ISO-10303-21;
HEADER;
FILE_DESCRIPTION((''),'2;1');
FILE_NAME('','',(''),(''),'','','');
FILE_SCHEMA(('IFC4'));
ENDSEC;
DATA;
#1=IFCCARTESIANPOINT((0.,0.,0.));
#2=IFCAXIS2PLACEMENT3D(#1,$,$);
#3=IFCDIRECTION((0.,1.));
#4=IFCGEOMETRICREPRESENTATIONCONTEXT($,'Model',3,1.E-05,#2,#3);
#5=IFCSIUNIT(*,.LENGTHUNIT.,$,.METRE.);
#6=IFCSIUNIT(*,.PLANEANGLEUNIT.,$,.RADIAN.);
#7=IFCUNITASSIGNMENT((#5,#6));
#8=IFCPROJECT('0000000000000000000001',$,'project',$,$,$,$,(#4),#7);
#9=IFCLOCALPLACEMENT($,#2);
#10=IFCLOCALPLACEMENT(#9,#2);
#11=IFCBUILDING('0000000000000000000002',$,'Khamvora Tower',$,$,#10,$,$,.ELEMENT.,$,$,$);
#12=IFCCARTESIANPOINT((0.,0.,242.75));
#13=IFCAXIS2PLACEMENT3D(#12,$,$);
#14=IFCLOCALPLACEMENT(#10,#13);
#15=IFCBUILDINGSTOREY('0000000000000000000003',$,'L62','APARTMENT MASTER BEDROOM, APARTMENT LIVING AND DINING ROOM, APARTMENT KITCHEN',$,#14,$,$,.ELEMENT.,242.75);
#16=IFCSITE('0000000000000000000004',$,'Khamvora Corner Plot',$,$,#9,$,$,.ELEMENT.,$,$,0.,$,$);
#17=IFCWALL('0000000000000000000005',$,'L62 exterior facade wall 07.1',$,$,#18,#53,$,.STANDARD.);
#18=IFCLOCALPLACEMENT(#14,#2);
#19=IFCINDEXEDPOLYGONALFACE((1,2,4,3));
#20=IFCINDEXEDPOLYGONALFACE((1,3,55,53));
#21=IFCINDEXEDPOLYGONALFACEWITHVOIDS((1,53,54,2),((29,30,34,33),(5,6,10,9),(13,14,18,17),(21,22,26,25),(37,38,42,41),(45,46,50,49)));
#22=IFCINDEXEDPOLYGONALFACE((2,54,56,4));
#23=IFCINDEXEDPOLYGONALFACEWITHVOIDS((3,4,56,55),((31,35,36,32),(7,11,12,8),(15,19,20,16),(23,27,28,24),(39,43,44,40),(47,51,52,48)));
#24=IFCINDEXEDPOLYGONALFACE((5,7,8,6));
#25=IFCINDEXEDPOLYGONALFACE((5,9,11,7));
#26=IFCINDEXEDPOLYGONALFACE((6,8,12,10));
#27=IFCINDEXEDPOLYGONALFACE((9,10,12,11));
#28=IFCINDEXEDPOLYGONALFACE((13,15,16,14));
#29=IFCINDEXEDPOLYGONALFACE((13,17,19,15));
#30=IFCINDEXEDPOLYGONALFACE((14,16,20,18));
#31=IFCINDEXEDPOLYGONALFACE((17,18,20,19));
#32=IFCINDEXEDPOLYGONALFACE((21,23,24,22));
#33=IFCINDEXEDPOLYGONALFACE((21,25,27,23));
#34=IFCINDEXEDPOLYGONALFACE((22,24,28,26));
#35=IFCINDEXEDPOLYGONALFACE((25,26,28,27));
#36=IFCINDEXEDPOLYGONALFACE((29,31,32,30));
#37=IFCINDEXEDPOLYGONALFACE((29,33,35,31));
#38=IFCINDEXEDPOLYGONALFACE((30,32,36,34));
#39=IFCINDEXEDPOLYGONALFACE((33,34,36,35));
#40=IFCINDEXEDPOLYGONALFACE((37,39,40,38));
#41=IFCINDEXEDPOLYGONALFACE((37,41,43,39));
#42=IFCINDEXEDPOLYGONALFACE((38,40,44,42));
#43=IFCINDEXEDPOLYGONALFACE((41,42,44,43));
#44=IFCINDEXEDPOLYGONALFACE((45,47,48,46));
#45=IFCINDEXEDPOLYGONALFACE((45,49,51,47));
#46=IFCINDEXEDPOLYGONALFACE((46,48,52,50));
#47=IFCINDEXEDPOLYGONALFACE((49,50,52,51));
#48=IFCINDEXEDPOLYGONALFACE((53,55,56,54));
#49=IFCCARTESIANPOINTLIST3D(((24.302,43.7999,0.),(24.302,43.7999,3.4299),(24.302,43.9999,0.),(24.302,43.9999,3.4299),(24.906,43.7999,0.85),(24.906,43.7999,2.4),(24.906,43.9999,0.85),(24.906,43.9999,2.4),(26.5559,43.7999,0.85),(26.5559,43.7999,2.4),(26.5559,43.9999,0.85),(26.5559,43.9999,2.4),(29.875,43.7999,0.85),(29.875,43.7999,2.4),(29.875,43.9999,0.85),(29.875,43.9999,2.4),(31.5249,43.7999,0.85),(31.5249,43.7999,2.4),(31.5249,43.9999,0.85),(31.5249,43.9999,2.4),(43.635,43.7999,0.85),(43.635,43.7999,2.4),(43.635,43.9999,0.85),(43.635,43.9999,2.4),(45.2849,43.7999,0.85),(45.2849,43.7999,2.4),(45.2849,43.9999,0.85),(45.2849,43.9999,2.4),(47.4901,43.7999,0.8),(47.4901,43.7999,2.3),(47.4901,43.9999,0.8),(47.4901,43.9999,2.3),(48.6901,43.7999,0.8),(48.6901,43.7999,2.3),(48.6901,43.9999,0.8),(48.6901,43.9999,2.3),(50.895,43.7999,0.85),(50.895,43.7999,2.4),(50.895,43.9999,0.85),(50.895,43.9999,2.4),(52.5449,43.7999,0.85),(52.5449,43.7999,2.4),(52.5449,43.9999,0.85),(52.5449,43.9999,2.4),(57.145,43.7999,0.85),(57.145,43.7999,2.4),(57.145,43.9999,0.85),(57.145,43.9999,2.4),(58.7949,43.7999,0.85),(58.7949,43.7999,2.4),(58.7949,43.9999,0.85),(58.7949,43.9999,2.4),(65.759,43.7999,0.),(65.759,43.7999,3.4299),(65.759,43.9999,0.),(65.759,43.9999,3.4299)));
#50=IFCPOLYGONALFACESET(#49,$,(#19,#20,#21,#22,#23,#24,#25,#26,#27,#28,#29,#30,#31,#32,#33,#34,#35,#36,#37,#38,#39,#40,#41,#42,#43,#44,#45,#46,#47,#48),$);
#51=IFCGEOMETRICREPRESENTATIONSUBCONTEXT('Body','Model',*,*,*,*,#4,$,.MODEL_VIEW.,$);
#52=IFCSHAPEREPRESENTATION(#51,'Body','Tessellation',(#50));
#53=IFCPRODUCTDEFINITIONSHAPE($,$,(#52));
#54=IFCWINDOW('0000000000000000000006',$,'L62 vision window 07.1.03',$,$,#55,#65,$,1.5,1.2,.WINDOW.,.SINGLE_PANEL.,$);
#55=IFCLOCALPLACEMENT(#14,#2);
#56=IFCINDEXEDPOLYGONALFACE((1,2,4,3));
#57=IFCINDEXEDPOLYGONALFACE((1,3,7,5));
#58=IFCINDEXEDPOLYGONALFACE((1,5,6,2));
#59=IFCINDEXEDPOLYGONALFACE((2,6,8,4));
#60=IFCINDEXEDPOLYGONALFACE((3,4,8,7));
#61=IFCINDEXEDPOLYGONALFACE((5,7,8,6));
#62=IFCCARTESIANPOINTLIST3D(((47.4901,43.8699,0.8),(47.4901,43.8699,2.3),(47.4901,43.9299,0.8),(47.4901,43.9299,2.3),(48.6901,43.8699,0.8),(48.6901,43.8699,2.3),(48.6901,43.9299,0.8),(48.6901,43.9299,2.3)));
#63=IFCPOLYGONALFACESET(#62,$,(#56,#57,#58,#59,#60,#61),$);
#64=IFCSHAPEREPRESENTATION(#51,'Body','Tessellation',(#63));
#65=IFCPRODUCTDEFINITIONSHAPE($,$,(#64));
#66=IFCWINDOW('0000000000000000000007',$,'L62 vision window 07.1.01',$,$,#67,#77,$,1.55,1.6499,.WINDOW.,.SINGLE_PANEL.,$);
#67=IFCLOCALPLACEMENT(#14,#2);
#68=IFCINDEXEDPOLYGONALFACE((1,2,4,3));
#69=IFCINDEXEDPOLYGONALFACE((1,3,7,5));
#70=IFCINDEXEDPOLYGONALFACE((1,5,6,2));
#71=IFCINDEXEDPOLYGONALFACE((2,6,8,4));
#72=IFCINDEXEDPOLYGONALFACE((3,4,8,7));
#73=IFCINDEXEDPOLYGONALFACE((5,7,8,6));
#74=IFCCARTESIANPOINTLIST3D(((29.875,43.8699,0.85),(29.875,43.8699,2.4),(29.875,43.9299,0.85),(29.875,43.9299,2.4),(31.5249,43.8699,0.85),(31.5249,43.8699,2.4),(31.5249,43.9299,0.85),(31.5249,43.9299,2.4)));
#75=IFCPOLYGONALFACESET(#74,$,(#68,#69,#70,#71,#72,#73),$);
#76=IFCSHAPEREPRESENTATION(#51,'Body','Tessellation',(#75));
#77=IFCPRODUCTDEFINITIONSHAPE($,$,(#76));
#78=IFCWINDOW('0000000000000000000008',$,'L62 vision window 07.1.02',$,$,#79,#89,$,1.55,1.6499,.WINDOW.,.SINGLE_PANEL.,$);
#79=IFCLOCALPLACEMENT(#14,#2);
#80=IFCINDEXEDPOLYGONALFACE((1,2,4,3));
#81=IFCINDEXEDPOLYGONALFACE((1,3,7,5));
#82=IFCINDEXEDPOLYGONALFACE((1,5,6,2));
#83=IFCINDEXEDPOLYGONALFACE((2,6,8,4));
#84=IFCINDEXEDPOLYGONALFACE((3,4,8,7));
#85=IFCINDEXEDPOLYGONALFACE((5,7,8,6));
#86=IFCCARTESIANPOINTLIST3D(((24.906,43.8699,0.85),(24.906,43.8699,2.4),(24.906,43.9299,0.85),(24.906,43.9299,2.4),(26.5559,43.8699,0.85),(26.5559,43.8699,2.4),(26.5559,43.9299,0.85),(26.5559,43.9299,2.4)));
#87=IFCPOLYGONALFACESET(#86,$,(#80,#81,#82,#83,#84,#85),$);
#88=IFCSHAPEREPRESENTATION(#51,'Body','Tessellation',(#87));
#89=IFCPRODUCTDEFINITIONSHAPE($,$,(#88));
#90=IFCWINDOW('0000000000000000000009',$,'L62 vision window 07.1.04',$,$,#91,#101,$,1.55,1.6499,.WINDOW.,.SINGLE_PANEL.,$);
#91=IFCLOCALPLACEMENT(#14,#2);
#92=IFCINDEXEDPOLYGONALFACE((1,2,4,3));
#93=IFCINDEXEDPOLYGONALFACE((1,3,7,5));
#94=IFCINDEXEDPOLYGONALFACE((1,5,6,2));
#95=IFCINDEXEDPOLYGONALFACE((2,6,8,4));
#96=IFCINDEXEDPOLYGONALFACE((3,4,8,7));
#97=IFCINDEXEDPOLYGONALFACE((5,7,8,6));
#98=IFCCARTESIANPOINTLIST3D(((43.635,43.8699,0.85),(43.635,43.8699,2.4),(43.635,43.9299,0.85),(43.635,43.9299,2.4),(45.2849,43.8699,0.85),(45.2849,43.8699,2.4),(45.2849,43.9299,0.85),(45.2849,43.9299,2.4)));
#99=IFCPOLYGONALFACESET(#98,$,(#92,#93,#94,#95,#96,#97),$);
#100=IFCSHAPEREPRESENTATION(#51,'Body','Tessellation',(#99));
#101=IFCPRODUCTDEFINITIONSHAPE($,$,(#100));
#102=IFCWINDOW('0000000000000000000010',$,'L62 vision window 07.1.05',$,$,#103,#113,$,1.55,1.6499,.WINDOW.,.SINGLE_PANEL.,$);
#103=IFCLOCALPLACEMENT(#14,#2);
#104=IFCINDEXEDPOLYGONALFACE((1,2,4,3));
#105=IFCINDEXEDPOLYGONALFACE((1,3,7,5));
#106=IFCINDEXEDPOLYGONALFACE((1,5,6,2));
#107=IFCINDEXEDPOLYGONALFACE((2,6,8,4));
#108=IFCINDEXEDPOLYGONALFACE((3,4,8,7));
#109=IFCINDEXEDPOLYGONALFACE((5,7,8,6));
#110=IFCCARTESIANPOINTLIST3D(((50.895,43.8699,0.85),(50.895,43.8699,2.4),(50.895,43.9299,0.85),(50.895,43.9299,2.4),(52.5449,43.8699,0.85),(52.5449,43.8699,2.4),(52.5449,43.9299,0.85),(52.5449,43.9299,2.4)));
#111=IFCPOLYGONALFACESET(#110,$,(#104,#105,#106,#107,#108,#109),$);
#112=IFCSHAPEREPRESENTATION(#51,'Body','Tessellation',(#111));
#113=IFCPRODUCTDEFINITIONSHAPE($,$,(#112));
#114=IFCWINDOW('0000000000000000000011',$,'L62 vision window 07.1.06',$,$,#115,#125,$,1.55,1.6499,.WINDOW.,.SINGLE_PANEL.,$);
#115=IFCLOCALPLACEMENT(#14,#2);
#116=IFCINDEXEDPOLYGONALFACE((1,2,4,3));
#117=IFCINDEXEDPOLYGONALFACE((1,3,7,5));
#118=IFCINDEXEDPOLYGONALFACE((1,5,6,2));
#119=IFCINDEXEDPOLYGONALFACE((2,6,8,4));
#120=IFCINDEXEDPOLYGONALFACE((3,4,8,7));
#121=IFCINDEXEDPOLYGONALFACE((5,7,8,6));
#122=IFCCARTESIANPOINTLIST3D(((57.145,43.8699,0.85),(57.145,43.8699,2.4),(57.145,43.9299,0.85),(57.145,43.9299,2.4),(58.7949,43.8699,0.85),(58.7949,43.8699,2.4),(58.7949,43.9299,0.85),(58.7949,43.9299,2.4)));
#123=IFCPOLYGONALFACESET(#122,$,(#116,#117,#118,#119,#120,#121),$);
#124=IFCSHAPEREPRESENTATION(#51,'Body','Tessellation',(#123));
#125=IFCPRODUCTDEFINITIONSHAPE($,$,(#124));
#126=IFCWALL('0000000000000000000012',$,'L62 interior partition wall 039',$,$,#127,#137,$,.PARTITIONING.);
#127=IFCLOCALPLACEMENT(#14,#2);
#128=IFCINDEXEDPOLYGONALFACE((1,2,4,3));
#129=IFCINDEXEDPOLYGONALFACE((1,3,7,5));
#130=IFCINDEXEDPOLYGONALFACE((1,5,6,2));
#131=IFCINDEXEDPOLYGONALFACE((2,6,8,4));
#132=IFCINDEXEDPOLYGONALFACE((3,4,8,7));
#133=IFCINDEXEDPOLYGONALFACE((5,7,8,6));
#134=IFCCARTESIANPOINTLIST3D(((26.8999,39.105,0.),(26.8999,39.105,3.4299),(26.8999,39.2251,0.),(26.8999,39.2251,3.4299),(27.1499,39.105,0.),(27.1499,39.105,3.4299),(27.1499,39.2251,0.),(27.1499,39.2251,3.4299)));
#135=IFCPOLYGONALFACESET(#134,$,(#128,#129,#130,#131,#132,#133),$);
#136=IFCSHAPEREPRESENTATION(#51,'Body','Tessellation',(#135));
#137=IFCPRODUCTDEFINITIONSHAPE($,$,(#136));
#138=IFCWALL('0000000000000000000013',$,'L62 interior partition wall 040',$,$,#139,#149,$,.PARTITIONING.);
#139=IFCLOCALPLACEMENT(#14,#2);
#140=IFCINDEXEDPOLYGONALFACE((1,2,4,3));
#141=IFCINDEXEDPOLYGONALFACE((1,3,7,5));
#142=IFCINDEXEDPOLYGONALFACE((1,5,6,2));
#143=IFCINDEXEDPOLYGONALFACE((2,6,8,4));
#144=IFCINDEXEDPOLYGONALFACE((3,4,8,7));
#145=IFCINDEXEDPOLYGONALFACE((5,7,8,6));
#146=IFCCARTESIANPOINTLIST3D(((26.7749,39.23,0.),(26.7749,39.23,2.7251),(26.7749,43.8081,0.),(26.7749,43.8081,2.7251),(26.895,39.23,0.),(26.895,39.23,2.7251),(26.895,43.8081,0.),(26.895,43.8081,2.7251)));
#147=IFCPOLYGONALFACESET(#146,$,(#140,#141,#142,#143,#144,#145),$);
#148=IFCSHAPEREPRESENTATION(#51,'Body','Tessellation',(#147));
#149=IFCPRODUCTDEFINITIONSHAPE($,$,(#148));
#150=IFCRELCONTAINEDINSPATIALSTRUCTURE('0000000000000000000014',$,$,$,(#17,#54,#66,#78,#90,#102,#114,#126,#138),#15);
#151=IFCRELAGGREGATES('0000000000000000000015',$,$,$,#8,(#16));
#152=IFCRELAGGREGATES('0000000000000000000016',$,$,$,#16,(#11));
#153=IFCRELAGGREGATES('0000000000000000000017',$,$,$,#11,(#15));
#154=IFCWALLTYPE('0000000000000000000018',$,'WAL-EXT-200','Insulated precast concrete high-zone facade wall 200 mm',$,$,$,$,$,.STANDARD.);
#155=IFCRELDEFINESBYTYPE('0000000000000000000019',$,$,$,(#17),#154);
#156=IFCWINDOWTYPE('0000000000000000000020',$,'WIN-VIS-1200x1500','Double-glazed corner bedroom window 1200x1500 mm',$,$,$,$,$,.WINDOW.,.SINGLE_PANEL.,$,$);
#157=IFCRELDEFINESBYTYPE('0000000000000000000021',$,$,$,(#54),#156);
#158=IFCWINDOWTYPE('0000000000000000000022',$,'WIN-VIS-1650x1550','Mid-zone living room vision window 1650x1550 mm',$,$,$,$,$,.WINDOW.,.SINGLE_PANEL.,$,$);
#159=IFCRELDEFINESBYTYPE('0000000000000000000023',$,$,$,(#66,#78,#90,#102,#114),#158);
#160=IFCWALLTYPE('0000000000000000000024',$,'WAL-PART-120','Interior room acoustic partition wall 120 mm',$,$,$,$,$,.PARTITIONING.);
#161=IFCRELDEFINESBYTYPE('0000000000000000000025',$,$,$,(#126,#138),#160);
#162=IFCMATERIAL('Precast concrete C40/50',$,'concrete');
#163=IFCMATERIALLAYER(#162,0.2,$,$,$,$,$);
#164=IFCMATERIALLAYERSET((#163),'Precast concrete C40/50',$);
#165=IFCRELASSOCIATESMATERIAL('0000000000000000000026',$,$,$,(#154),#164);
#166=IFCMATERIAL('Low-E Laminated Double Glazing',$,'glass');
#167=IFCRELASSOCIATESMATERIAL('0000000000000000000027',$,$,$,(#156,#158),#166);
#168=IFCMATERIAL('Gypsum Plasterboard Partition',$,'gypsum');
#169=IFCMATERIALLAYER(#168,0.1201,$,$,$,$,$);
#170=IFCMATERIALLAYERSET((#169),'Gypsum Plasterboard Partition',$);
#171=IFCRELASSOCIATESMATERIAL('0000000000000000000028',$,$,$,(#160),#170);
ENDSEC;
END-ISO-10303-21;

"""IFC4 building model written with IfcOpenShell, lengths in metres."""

from ifc_helpers import new_model, si_unit, direction, frame, frame_2d, origin, place, context, subcontext, project, spatial, rectangle, extrude, material, layer, layer_set, type_object, element, fill, save


model = new_model("IFC4")

# Units and contexts
model_context = context("Model", 3, precision=1e-05, world=origin(), true_north=direction((0.0, 1.0)))
body_context = subcontext(model_context, "Body", "Model", "MODEL_VIEW")
ifc_project = project(units=[si_unit("LENGTHUNIT", "METRE"), si_unit("PLANEANGLEUNIT", "RADIAN")], contexts=[model_context])

# Site, building, storey
site_placement = place(None, origin())
site = spatial("IfcSite", under=ifc_project, at=site_placement, Name="Khamvora Corner Plot", CompositionType="ELEMENT", RefElevation=0.0)
building_placement = place(site_placement, origin())
building = spatial("IfcBuilding", under=site, at=building_placement, Name="Khamvora Tower", CompositionType="ELEMENT")
storey_placement = place(building_placement, frame((0.0, 0.0, 242.75)))
storey = spatial("IfcBuildingStorey", under=building, at=storey_placement, Name="L62", Description="APARTMENT MASTER BEDROOM, APARTMENT LIVING AND DINING ROOM, APARTMENT KITCHEN", CompositionType="ELEMENT", Elevation=242.75)

# Shared definitions
ifc_material_1 = material(Name="Precast concrete C40/50", Category="concrete")
ifc_layer_1 = layer(ifc_material_1, 0.2)
ifc_layer_set_1 = layer_set([ifc_layer_1], Name="Precast concrete C40/50")
wall_type_1 = type_object("IfcWallType", Name="WAL-EXT-200", Description="Insulated precast concrete high-zone facade wall 200 mm", PredefinedType="STANDARD", material=ifc_layer_set_1)

# Wall, openings, windows
wall_1_placement = place(storey_placement, frame((24.302, 43.8999, 0.0), z_axis=(0.0, 0.0, 1.0), x_axis=(1.0, 0.0, 0.0)))
wall_1 = element("IfcWall", 1, at=wall_1_placement, inside=storey, type_object=wall_type_1, Name="L62 exterior facade wall 07.1", PredefinedType="STANDARD", context=body_context, shape_type="SweptSolid", body=[
    extrude(rectangle(XDim=41.457, YDim=0.2, at=frame_2d((20.7285, 0.0))), origin(), (0.0, 0.0, 1.0), 3.4299),
])
opening_1_placement = place(wall_1_placement, frame((5.573, 0.0, 0.8501)))
opening_1 = element("IfcOpeningElement", 2, at=opening_1_placement, cuts=wall_1, PredefinedType="OPENING", context=body_context, shape_type="SweptSolid", body=[
    extrude(rectangle(XDim=1.6499, YDim=1.55, at=frame_2d((0.825, 0.7749))), frame((0.0, 0.1099, 0.0), z_axis=(0.0, -1.0, 0.0), x_axis=(1.0, 0.0, 0.0)), (0.0, 0.0, 1.0), 0.22),
])
opening_2_placement = place(wall_1_placement, frame((0.604, 0.0, 0.8501)))
opening_2 = element("IfcOpeningElement", 3, at=opening_2_placement, cuts=wall_1, PredefinedType="OPENING", context=body_context, shape_type="SweptSolid", body=[
    extrude(rectangle(XDim=1.6499, YDim=1.55, at=frame_2d((0.825, 0.7749))), frame((0.0, 0.1099, 0.0), z_axis=(0.0, -1.0, 0.0), x_axis=(1.0, 0.0, 0.0)), (0.0, 0.0, 1.0), 0.22),
])
opening_3_placement = place(wall_1_placement, frame((23.188, 0.0, 0.8)))
opening_3 = element("IfcOpeningElement", 4, at=opening_3_placement, cuts=wall_1, PredefinedType="OPENING", context=body_context, shape_type="SweptSolid", body=[
    extrude(rectangle(XDim=1.2, YDim=1.5, at=frame_2d((0.6001, 0.75))), frame((0.0, 0.1099, 0.0), z_axis=(0.0, -1.0, 0.0), x_axis=(1.0, 0.0, 0.0)), (0.0, 0.0, 1.0), 0.22),
])
opening_4_placement = place(wall_1_placement, frame((19.333, 0.0, 0.8501)))
opening_4 = element("IfcOpeningElement", 5, at=opening_4_placement, cuts=wall_1, PredefinedType="OPENING", context=body_context, shape_type="SweptSolid", body=[
    extrude(rectangle(XDim=1.6499, YDim=1.55, at=frame_2d((0.825, 0.7749))), frame((0.0, 0.1099, 0.0), z_axis=(0.0, -1.0, 0.0), x_axis=(1.0, 0.0, 0.0)), (0.0, 0.0, 1.0), 0.22),
])
opening_5_placement = place(wall_1_placement, frame((26.593, 0.0, 0.8501)))
opening_5 = element("IfcOpeningElement", 6, at=opening_5_placement, cuts=wall_1, PredefinedType="OPENING", context=body_context, shape_type="SweptSolid", body=[
    extrude(rectangle(XDim=1.6499, YDim=1.55, at=frame_2d((0.825, 0.7749))), frame((0.0, 0.1099, 0.0), z_axis=(0.0, -1.0, 0.0), x_axis=(1.0, 0.0, 0.0)), (0.0, 0.0, 1.0), 0.22),
])
opening_6_placement = place(wall_1_placement, frame((32.843, 0.0, 0.8501)))
opening_6 = element("IfcOpeningElement", 7, at=opening_6_placement, cuts=wall_1, PredefinedType="OPENING", context=body_context, shape_type="SweptSolid", body=[
    extrude(rectangle(XDim=1.6499, YDim=1.55, at=frame_2d((0.825, 0.7749))), frame((0.0, 0.1099, 0.0), z_axis=(0.0, -1.0, 0.0), x_axis=(1.0, 0.0, 0.0)), (0.0, 0.0, 1.0), 0.22),
])
ifc_material_2 = material(Name="Low-E Laminated Double Glazing", Category="glass")
window_type_1 = type_object("IfcWindowType", Name="WIN-VIS-1200x1500", Description="Double-glazed corner bedroom window 1200x1500 mm", PartitioningType="SINGLE_PANEL", PredefinedType="WINDOW", material=ifc_material_2)
window_1_placement = place(opening_3_placement, origin())
window_1 = element("IfcWindow", 8, at=window_1_placement, inside=storey, type_object=window_type_1, Name="L62 vision window 07.1.03", OverallHeight=1.5, OverallWidth=1.2, PartitioningType="SINGLE_PANEL", PredefinedType="WINDOW", context=body_context, shape_type="SweptSolid", body=[
    extrude(rectangle(XDim=1.2, YDim=1.5, at=frame_2d((0.6001, 0.75))), frame((0.0, 0.03, 0.0), z_axis=(0.0, -1.0, 0.0), x_axis=(1.0, 0.0, 0.0)), (0.0, 0.0, 1.0), 0.0601),
])
fill(opening_3, window_1)
window_type_2 = type_object("IfcWindowType", Name="WIN-VIS-1650x1550", Description="Mid-zone living room vision window 1650x1550 mm", PartitioningType="SINGLE_PANEL", PredefinedType="WINDOW", material=ifc_material_2)
window_2_placement = place(opening_1_placement, origin())
window_2 = element("IfcWindow", 9, at=window_2_placement, inside=storey, type_object=window_type_2, Name="L62 vision window 07.1.01", OverallHeight=1.55, OverallWidth=1.6499, PartitioningType="SINGLE_PANEL", PredefinedType="WINDOW", context=body_context, shape_type="SweptSolid", body=[
    extrude(rectangle(XDim=1.6499, YDim=1.55, at=frame_2d((0.825, 0.7749))), frame((0.0, 0.03, 0.0), z_axis=(0.0, -1.0, 0.0), x_axis=(1.0, 0.0, 0.0)), (0.0, 0.0, 1.0), 0.0601),
])
fill(opening_1, window_2)
window_3_placement = place(opening_2_placement, origin())
window_3 = element("IfcWindow", 10, at=window_3_placement, inside=storey, type_object=window_type_2, Name="L62 vision window 07.1.02", OverallHeight=1.55, OverallWidth=1.6499, PartitioningType="SINGLE_PANEL", PredefinedType="WINDOW", context=body_context, shape_type="SweptSolid", body=[
    extrude(rectangle(XDim=1.6499, YDim=1.55, at=frame_2d((0.825, 0.7749))), frame((0.0, 0.03, 0.0), z_axis=(0.0, -1.0, 0.0), x_axis=(1.0, 0.0, 0.0)), (0.0, 0.0, 1.0), 0.0601),
])
fill(opening_2, window_3)
window_4_placement = place(opening_4_placement, origin())
window_4 = element("IfcWindow", 11, at=window_4_placement, inside=storey, type_object=window_type_2, Name="L62 vision window 07.1.04", OverallHeight=1.55, OverallWidth=1.6499, PartitioningType="SINGLE_PANEL", PredefinedType="WINDOW", context=body_context, shape_type="SweptSolid", body=[
    extrude(rectangle(XDim=1.6499, YDim=1.55, at=frame_2d((0.825, 0.7749))), frame((0.0, 0.03, 0.0), z_axis=(0.0, -1.0, 0.0), x_axis=(1.0, 0.0, 0.0)), (0.0, 0.0, 1.0), 0.0601),
])
fill(opening_4, window_4)
window_5_placement = place(opening_5_placement, origin())
window_5 = element("IfcWindow", 12, at=window_5_placement, inside=storey, type_object=window_type_2, Name="L62 vision window 07.1.05", OverallHeight=1.55, OverallWidth=1.6499, PartitioningType="SINGLE_PANEL", PredefinedType="WINDOW", context=body_context, shape_type="SweptSolid", body=[
    extrude(rectangle(XDim=1.6499, YDim=1.55, at=frame_2d((0.825, 0.7749))), frame((0.0, 0.03, 0.0), z_axis=(0.0, -1.0, 0.0), x_axis=(1.0, 0.0, 0.0)), (0.0, 0.0, 1.0), 0.0601),
])
fill(opening_5, window_5)
window_6_placement = place(opening_6_placement, origin())
window_6 = element("IfcWindow", 13, at=window_6_placement, inside=storey, type_object=window_type_2, Name="L62 vision window 07.1.06", OverallHeight=1.55, OverallWidth=1.6499, PartitioningType="SINGLE_PANEL", PredefinedType="WINDOW", context=body_context, shape_type="SweptSolid", body=[
    extrude(rectangle(XDim=1.6499, YDim=1.55, at=frame_2d((0.825, 0.7749))), frame((0.0, 0.03, 0.0), z_axis=(0.0, -1.0, 0.0), x_axis=(1.0, 0.0, 0.0)), (0.0, 0.0, 1.0), 0.0601),
])
fill(opening_6, window_6)

# Walls
ifc_material_3 = material(Name="Gypsum Plasterboard Partition", Category="gypsum")
ifc_layer_2 = layer(ifc_material_3, 0.1201)
ifc_layer_set_2 = layer_set([ifc_layer_2], Name="Gypsum Plasterboard Partition")
wall_type_2 = type_object("IfcWallType", Name="WAL-PART-120", Description="Interior room acoustic partition wall 120 mm", PredefinedType="PARTITIONING", material=ifc_layer_set_2)
wall_2_placement = place(storey_placement, frame((27.1499, 39.165, 0.0), z_axis=(0.0, 0.0, 1.0), x_axis=(-1.0, 0.0, 0.0)))
element("IfcWall", 14, at=wall_2_placement, inside=storey, type_object=wall_type_2, Name="L62 interior partition wall 039", PredefinedType="PARTITIONING", context=body_context, shape_type="SweptSolid", body=[
    extrude(rectangle(XDim=0.25, YDim=0.1201, at=frame_2d((0.125, 0.0))), origin(), (0.0, 0.0, 1.0), 3.4299),
])
wall_3_placement = place(storey_placement, frame((26.835, 39.23, 0.0), z_axis=(0.0, 0.0, 1.0), x_axis=(0.0, 1.0, 0.0)))
element("IfcWall", 15, at=wall_3_placement, inside=storey, type_object=wall_type_2, Name="L62 interior partition wall 040", PredefinedType="PARTITIONING", context=body_context, shape_type="SweptSolid", body=[
    extrude(rectangle(XDim=4.5781, YDim=0.1201, at=frame_2d((2.2891, 0.0))), origin(), (0.0, 0.0, 1.0), 2.7251),
])

save(model, "model.ifc")
